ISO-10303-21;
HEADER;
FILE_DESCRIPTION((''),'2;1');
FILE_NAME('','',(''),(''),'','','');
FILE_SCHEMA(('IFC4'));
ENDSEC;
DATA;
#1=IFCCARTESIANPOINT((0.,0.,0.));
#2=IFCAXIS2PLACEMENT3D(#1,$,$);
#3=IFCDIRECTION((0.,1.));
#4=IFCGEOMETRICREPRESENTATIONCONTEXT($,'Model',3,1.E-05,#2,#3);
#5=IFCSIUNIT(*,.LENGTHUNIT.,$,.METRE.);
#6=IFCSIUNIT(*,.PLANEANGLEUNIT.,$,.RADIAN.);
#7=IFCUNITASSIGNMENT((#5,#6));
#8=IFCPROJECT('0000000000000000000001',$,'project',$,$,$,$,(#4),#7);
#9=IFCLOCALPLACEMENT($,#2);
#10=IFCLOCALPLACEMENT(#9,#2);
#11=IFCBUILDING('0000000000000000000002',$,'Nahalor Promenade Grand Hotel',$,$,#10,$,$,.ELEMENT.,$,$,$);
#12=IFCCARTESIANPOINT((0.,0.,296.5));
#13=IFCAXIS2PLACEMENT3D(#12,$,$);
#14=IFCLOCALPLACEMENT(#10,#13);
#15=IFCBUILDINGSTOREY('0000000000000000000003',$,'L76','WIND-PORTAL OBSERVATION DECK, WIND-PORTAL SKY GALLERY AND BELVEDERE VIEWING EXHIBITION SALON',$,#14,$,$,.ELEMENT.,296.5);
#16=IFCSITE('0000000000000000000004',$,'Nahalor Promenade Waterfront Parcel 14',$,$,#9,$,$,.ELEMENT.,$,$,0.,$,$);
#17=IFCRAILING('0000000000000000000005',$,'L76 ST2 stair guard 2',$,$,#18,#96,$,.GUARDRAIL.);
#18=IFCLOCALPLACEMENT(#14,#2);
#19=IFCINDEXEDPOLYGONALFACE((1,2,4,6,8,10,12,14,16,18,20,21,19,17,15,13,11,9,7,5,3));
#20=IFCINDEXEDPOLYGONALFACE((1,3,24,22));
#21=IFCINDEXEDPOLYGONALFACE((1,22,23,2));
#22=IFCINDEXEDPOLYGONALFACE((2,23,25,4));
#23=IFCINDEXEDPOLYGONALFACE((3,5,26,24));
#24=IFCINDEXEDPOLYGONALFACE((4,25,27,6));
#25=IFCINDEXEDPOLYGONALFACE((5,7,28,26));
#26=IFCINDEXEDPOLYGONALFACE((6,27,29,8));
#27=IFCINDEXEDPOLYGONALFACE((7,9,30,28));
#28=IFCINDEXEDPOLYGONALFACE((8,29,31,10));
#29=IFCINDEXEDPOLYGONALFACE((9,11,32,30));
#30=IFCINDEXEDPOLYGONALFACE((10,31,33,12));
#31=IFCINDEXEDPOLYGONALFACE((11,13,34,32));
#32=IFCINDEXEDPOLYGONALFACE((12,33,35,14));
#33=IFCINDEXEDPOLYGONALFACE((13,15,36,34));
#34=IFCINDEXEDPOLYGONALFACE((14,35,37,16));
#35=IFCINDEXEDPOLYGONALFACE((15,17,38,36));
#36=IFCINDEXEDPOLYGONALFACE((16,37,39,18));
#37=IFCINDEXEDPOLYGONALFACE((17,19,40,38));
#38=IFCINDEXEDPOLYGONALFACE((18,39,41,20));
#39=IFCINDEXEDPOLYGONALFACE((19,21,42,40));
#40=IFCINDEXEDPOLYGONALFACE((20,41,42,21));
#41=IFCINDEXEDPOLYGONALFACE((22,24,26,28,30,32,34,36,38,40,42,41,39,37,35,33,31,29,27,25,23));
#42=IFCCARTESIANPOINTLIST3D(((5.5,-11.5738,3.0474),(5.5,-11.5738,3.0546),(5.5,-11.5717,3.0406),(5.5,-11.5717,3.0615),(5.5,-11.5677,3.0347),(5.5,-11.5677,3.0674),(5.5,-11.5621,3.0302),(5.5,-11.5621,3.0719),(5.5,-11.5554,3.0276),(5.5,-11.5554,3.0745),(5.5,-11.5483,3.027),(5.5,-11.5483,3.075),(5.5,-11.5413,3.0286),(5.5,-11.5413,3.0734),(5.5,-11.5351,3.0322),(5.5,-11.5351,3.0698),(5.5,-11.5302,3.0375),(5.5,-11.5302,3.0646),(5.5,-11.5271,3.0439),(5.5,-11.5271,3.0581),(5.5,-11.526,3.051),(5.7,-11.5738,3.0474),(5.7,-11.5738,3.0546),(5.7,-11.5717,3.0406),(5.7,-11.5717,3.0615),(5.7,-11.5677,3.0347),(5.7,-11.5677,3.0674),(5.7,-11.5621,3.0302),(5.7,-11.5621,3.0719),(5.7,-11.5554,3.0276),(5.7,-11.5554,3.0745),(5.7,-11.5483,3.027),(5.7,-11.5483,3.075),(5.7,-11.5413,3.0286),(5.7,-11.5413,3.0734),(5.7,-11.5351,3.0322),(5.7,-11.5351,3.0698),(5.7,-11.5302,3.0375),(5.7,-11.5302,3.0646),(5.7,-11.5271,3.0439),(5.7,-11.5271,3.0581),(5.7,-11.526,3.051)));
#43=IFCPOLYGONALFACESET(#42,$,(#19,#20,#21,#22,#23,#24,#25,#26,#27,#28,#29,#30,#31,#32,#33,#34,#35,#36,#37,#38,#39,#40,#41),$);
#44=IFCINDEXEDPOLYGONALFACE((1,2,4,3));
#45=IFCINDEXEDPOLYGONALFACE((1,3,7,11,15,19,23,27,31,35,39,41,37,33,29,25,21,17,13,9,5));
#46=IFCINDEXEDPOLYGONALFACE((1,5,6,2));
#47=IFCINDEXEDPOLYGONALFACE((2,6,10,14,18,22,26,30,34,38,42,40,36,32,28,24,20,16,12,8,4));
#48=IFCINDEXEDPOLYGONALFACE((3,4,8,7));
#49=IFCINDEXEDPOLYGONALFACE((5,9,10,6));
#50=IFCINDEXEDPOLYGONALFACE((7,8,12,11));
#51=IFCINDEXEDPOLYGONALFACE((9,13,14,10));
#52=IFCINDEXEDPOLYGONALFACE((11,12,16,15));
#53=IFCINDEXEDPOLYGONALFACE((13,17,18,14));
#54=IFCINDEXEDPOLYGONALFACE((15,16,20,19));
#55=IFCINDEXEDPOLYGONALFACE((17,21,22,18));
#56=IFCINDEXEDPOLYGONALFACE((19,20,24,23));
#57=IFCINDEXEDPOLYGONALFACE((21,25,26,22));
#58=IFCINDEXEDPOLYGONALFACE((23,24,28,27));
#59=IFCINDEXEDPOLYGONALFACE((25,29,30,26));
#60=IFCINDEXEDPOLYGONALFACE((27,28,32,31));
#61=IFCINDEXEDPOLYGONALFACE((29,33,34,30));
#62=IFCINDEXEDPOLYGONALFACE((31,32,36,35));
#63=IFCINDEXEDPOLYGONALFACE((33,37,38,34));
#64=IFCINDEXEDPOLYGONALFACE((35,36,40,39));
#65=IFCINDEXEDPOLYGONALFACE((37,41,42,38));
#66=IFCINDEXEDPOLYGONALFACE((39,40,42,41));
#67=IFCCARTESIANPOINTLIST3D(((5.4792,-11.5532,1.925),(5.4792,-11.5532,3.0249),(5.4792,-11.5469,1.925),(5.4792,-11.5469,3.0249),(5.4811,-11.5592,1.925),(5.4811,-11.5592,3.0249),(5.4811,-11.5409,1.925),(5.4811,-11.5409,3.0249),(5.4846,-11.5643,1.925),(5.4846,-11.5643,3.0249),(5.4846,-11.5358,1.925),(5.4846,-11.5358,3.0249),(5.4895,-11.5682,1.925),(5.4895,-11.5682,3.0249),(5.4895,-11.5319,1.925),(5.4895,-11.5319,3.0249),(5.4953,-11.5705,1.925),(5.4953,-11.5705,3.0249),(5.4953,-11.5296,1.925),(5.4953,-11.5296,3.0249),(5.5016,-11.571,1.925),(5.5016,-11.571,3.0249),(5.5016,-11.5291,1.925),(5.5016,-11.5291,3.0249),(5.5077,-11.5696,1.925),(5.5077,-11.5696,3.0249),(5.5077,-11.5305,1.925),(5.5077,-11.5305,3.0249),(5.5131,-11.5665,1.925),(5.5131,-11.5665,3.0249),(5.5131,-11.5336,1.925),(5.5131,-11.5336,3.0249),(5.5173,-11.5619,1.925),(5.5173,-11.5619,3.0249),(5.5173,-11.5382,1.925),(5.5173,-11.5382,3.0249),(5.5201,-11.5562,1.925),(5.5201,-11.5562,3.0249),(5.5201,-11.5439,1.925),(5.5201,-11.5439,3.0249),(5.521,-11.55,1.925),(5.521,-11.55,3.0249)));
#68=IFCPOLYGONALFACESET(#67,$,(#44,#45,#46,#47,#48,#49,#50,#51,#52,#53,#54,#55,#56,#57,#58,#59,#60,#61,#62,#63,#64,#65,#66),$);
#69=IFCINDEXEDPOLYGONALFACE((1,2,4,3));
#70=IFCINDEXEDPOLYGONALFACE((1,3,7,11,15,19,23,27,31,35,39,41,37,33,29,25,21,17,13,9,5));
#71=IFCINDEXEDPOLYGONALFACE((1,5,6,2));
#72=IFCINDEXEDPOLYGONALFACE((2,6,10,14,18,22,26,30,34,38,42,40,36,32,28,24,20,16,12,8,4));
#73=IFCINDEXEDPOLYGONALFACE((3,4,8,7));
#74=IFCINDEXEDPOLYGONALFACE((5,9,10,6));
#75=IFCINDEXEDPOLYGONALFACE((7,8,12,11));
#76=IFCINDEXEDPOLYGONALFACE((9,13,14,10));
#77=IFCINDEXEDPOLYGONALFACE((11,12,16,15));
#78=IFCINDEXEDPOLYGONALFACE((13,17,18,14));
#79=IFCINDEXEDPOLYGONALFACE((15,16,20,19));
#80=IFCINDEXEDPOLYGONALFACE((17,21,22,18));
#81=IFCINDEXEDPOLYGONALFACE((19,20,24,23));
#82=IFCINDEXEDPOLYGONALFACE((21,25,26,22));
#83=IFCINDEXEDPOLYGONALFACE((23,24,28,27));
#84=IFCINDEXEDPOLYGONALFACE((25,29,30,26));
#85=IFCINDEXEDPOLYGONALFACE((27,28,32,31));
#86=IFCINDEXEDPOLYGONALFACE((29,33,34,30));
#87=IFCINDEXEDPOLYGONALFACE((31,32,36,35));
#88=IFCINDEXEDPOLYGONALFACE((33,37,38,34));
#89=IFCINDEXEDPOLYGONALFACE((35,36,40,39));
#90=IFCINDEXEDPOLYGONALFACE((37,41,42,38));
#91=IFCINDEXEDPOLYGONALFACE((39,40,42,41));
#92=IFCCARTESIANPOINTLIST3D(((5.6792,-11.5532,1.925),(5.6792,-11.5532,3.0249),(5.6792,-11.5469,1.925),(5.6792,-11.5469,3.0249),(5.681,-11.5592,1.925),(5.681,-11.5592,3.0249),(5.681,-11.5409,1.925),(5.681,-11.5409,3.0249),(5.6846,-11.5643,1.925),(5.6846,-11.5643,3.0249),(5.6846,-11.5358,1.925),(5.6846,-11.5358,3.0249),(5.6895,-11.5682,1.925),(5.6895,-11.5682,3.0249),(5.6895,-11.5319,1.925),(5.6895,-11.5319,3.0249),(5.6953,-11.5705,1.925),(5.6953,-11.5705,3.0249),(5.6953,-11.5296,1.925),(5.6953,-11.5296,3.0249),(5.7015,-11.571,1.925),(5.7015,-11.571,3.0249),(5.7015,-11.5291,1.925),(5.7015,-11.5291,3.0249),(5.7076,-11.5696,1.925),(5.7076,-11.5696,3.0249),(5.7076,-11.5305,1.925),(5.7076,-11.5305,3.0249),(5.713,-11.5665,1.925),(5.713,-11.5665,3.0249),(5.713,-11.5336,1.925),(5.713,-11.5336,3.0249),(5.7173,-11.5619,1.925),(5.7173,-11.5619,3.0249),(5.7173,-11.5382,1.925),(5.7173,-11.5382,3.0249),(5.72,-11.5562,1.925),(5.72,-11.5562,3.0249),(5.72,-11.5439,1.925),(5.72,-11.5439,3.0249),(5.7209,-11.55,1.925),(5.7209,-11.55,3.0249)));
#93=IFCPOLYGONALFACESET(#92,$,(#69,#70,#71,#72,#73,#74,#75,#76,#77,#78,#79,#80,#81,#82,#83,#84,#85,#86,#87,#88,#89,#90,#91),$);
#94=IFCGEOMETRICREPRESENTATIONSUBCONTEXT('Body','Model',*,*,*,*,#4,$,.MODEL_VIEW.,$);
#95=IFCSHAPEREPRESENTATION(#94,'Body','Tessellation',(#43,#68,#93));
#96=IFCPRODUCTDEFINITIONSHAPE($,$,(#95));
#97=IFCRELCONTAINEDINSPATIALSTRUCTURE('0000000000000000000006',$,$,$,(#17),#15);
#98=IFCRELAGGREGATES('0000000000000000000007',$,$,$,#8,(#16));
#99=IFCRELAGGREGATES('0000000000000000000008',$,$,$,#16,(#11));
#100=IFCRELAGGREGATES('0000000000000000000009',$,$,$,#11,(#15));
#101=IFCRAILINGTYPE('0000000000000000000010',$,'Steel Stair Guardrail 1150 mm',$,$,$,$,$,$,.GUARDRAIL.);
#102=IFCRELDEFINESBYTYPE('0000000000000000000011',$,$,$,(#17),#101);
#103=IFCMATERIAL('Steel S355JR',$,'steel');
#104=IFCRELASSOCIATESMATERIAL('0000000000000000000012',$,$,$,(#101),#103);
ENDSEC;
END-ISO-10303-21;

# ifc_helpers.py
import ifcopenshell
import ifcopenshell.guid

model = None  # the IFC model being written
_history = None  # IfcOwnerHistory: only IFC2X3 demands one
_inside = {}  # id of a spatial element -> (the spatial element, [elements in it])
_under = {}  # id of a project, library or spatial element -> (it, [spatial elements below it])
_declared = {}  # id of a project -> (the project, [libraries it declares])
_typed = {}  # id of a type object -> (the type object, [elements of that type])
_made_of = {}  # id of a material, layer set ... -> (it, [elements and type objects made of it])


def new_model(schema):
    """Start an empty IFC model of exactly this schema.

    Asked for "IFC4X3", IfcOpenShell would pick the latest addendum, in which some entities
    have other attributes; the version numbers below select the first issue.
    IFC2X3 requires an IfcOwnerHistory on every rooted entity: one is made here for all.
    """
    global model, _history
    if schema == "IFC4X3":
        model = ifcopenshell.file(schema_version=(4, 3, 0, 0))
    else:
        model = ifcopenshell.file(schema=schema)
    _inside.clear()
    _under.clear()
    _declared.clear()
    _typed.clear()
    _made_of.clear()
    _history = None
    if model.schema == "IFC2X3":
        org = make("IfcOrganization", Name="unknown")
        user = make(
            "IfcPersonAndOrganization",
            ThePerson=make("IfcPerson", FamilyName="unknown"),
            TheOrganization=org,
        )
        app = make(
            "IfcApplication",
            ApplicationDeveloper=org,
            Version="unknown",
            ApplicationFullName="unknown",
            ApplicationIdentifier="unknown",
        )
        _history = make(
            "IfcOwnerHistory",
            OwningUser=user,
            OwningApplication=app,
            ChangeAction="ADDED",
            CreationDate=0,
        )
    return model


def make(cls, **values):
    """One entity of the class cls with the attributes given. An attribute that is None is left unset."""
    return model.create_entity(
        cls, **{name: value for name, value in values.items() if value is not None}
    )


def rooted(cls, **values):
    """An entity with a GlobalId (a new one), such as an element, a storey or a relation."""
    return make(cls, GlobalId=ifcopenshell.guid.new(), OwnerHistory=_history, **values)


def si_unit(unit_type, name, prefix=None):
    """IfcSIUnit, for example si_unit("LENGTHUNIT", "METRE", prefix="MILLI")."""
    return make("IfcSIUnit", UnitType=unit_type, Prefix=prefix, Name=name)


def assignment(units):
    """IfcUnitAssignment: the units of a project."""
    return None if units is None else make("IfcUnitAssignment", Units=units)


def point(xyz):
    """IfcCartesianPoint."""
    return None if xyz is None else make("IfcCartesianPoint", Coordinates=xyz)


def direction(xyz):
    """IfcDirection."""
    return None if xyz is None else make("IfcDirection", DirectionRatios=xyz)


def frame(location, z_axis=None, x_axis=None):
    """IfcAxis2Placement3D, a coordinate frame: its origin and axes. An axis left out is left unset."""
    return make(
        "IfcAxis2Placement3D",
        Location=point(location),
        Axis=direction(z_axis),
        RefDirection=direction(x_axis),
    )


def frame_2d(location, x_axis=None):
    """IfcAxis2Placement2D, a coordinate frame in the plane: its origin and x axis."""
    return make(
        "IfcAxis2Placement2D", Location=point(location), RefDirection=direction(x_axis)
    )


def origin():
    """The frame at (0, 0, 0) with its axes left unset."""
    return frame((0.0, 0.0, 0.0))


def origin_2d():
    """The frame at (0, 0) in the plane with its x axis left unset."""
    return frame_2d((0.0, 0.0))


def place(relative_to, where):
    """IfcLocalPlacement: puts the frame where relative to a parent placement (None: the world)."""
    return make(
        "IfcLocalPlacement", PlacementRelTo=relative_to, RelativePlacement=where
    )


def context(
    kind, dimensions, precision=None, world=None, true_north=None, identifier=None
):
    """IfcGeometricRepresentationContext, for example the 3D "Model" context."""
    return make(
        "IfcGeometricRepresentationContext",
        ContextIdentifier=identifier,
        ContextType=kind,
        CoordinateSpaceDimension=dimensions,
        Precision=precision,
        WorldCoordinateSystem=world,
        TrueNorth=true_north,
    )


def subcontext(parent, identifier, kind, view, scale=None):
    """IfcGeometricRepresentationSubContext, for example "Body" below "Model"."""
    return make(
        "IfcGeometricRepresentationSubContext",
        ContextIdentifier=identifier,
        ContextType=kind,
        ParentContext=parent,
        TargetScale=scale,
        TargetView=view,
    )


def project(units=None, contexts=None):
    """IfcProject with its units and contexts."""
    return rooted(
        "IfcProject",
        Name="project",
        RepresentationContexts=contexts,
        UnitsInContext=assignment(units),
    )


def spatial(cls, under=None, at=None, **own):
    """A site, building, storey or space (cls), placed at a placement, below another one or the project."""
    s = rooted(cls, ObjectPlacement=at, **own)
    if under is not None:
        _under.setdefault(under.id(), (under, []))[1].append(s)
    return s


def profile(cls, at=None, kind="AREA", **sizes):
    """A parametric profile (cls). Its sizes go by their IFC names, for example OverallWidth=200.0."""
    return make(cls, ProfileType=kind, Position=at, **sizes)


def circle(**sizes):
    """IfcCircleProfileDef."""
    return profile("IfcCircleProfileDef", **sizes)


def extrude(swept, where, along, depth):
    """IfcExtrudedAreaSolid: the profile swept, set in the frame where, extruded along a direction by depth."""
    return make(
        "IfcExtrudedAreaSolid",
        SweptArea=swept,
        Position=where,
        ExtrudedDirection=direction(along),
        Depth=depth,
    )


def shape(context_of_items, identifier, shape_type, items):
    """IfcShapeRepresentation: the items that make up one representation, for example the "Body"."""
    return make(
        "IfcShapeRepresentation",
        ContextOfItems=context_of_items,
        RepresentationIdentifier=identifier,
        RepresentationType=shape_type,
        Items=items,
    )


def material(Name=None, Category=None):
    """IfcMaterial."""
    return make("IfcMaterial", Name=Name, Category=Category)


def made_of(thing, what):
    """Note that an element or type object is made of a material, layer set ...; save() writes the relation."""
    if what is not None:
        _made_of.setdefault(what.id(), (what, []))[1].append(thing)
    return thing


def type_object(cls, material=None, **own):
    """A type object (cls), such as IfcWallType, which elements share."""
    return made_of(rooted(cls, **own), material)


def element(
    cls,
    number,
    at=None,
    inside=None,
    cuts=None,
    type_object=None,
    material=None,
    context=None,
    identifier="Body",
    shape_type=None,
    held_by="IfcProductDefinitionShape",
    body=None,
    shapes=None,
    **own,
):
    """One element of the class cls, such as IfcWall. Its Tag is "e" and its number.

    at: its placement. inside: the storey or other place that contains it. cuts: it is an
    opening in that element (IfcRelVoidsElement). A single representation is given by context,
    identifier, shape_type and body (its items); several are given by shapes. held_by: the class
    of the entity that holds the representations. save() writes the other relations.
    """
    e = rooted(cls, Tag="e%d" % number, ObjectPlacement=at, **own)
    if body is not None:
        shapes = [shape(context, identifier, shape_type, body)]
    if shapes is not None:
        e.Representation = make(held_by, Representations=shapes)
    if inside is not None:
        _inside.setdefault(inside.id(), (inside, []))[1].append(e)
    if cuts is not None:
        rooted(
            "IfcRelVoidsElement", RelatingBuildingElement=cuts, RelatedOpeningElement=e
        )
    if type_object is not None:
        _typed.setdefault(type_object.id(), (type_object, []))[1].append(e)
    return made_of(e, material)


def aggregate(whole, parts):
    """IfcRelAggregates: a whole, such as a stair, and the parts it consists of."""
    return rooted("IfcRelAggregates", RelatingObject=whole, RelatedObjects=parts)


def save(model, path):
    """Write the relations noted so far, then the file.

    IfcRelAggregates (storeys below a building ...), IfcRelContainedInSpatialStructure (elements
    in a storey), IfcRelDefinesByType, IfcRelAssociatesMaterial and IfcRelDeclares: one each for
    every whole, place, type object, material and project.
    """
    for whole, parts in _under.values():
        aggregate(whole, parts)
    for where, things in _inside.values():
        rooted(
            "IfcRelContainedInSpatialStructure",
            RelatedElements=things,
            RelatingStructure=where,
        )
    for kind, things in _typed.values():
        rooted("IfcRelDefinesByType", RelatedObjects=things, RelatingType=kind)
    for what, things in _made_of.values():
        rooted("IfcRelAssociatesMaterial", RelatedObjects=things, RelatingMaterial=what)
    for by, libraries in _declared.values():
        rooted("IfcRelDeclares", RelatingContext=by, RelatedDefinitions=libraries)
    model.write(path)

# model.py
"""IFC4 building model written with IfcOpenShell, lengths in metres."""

from ifc_helpers import new_model, si_unit, direction, frame, origin, origin_2d, place, context, subcontext, project, spatial, circle, extrude, material, type_object, element, save


model = new_model("IFC4")

# Units and contexts
model_context = context("Model", 3, precision=1e-05, world=origin(), true_north=direction((0.0, 1.0)))
body_context = subcontext(model_context, "Body", "Model", "MODEL_VIEW")
ifc_project = project(units=[si_unit("LENGTHUNIT", "METRE"), si_unit("PLANEANGLEUNIT", "RADIAN")], contexts=[model_context])

# Site, building, storey
site_placement = place(None, origin())
site = spatial("IfcSite", under=ifc_project, at=site_placement, Name="Nahalor Promenade Waterfront Parcel 14", CompositionType="ELEMENT", RefElevation=0.0)
building_placement = place(site_placement, origin())
building = spatial("IfcBuilding", under=site, at=building_placement, Name="Nahalor Promenade Grand Hotel", CompositionType="ELEMENT")
storey_placement = place(building_placement, frame((0.0, 0.0, 296.5)))
storey = spatial("IfcBuildingStorey", under=building, at=storey_placement, Name="L76", Description="WIND-PORTAL OBSERVATION DECK, WIND-PORTAL SKY GALLERY AND BELVEDERE VIEWING EXHIBITION SALON", CompositionType="ELEMENT", Elevation=296.5)

# Shared definitions
ifc_material_1 = material(Name="Steel S355JR", Category="steel")

# Railing
railing_type_1 = type_object("IfcRailingType", Name="Steel Stair Guardrail 1150 mm", PredefinedType="GUARDRAIL", material=ifc_material_1)
railing_1_placement = place(storey_placement, frame((5.5, -11.55, 1.925)))
element("IfcRailing", 1, at=railing_1_placement, inside=storey, type_object=railing_type_1, Name="L76 ST2 stair guard 2", PredefinedType="GUARDRAIL", context=body_context, shape_type="SweptSolid", body=[
    extrude(circle(Radius=0.024, at=origin_2d()), frame((0.0, 0.0, 1.126), z_axis=(1.0, 0.0, 0.0), x_axis=(0.0, 1.0, 0.0)), (0.0, 0.0, 1.0), 0.2),
    extrude(circle(Radius=0.021, at=origin_2d()), origin(), (0.0, 0.0, 1.0), 1.0999),
    extrude(circle(Radius=0.021, at=origin_2d()), frame((0.2, 0.0, 0.0)), (0.0, 0.0, 1.0), 1.0999),
])

save(model, "model.ifc")
